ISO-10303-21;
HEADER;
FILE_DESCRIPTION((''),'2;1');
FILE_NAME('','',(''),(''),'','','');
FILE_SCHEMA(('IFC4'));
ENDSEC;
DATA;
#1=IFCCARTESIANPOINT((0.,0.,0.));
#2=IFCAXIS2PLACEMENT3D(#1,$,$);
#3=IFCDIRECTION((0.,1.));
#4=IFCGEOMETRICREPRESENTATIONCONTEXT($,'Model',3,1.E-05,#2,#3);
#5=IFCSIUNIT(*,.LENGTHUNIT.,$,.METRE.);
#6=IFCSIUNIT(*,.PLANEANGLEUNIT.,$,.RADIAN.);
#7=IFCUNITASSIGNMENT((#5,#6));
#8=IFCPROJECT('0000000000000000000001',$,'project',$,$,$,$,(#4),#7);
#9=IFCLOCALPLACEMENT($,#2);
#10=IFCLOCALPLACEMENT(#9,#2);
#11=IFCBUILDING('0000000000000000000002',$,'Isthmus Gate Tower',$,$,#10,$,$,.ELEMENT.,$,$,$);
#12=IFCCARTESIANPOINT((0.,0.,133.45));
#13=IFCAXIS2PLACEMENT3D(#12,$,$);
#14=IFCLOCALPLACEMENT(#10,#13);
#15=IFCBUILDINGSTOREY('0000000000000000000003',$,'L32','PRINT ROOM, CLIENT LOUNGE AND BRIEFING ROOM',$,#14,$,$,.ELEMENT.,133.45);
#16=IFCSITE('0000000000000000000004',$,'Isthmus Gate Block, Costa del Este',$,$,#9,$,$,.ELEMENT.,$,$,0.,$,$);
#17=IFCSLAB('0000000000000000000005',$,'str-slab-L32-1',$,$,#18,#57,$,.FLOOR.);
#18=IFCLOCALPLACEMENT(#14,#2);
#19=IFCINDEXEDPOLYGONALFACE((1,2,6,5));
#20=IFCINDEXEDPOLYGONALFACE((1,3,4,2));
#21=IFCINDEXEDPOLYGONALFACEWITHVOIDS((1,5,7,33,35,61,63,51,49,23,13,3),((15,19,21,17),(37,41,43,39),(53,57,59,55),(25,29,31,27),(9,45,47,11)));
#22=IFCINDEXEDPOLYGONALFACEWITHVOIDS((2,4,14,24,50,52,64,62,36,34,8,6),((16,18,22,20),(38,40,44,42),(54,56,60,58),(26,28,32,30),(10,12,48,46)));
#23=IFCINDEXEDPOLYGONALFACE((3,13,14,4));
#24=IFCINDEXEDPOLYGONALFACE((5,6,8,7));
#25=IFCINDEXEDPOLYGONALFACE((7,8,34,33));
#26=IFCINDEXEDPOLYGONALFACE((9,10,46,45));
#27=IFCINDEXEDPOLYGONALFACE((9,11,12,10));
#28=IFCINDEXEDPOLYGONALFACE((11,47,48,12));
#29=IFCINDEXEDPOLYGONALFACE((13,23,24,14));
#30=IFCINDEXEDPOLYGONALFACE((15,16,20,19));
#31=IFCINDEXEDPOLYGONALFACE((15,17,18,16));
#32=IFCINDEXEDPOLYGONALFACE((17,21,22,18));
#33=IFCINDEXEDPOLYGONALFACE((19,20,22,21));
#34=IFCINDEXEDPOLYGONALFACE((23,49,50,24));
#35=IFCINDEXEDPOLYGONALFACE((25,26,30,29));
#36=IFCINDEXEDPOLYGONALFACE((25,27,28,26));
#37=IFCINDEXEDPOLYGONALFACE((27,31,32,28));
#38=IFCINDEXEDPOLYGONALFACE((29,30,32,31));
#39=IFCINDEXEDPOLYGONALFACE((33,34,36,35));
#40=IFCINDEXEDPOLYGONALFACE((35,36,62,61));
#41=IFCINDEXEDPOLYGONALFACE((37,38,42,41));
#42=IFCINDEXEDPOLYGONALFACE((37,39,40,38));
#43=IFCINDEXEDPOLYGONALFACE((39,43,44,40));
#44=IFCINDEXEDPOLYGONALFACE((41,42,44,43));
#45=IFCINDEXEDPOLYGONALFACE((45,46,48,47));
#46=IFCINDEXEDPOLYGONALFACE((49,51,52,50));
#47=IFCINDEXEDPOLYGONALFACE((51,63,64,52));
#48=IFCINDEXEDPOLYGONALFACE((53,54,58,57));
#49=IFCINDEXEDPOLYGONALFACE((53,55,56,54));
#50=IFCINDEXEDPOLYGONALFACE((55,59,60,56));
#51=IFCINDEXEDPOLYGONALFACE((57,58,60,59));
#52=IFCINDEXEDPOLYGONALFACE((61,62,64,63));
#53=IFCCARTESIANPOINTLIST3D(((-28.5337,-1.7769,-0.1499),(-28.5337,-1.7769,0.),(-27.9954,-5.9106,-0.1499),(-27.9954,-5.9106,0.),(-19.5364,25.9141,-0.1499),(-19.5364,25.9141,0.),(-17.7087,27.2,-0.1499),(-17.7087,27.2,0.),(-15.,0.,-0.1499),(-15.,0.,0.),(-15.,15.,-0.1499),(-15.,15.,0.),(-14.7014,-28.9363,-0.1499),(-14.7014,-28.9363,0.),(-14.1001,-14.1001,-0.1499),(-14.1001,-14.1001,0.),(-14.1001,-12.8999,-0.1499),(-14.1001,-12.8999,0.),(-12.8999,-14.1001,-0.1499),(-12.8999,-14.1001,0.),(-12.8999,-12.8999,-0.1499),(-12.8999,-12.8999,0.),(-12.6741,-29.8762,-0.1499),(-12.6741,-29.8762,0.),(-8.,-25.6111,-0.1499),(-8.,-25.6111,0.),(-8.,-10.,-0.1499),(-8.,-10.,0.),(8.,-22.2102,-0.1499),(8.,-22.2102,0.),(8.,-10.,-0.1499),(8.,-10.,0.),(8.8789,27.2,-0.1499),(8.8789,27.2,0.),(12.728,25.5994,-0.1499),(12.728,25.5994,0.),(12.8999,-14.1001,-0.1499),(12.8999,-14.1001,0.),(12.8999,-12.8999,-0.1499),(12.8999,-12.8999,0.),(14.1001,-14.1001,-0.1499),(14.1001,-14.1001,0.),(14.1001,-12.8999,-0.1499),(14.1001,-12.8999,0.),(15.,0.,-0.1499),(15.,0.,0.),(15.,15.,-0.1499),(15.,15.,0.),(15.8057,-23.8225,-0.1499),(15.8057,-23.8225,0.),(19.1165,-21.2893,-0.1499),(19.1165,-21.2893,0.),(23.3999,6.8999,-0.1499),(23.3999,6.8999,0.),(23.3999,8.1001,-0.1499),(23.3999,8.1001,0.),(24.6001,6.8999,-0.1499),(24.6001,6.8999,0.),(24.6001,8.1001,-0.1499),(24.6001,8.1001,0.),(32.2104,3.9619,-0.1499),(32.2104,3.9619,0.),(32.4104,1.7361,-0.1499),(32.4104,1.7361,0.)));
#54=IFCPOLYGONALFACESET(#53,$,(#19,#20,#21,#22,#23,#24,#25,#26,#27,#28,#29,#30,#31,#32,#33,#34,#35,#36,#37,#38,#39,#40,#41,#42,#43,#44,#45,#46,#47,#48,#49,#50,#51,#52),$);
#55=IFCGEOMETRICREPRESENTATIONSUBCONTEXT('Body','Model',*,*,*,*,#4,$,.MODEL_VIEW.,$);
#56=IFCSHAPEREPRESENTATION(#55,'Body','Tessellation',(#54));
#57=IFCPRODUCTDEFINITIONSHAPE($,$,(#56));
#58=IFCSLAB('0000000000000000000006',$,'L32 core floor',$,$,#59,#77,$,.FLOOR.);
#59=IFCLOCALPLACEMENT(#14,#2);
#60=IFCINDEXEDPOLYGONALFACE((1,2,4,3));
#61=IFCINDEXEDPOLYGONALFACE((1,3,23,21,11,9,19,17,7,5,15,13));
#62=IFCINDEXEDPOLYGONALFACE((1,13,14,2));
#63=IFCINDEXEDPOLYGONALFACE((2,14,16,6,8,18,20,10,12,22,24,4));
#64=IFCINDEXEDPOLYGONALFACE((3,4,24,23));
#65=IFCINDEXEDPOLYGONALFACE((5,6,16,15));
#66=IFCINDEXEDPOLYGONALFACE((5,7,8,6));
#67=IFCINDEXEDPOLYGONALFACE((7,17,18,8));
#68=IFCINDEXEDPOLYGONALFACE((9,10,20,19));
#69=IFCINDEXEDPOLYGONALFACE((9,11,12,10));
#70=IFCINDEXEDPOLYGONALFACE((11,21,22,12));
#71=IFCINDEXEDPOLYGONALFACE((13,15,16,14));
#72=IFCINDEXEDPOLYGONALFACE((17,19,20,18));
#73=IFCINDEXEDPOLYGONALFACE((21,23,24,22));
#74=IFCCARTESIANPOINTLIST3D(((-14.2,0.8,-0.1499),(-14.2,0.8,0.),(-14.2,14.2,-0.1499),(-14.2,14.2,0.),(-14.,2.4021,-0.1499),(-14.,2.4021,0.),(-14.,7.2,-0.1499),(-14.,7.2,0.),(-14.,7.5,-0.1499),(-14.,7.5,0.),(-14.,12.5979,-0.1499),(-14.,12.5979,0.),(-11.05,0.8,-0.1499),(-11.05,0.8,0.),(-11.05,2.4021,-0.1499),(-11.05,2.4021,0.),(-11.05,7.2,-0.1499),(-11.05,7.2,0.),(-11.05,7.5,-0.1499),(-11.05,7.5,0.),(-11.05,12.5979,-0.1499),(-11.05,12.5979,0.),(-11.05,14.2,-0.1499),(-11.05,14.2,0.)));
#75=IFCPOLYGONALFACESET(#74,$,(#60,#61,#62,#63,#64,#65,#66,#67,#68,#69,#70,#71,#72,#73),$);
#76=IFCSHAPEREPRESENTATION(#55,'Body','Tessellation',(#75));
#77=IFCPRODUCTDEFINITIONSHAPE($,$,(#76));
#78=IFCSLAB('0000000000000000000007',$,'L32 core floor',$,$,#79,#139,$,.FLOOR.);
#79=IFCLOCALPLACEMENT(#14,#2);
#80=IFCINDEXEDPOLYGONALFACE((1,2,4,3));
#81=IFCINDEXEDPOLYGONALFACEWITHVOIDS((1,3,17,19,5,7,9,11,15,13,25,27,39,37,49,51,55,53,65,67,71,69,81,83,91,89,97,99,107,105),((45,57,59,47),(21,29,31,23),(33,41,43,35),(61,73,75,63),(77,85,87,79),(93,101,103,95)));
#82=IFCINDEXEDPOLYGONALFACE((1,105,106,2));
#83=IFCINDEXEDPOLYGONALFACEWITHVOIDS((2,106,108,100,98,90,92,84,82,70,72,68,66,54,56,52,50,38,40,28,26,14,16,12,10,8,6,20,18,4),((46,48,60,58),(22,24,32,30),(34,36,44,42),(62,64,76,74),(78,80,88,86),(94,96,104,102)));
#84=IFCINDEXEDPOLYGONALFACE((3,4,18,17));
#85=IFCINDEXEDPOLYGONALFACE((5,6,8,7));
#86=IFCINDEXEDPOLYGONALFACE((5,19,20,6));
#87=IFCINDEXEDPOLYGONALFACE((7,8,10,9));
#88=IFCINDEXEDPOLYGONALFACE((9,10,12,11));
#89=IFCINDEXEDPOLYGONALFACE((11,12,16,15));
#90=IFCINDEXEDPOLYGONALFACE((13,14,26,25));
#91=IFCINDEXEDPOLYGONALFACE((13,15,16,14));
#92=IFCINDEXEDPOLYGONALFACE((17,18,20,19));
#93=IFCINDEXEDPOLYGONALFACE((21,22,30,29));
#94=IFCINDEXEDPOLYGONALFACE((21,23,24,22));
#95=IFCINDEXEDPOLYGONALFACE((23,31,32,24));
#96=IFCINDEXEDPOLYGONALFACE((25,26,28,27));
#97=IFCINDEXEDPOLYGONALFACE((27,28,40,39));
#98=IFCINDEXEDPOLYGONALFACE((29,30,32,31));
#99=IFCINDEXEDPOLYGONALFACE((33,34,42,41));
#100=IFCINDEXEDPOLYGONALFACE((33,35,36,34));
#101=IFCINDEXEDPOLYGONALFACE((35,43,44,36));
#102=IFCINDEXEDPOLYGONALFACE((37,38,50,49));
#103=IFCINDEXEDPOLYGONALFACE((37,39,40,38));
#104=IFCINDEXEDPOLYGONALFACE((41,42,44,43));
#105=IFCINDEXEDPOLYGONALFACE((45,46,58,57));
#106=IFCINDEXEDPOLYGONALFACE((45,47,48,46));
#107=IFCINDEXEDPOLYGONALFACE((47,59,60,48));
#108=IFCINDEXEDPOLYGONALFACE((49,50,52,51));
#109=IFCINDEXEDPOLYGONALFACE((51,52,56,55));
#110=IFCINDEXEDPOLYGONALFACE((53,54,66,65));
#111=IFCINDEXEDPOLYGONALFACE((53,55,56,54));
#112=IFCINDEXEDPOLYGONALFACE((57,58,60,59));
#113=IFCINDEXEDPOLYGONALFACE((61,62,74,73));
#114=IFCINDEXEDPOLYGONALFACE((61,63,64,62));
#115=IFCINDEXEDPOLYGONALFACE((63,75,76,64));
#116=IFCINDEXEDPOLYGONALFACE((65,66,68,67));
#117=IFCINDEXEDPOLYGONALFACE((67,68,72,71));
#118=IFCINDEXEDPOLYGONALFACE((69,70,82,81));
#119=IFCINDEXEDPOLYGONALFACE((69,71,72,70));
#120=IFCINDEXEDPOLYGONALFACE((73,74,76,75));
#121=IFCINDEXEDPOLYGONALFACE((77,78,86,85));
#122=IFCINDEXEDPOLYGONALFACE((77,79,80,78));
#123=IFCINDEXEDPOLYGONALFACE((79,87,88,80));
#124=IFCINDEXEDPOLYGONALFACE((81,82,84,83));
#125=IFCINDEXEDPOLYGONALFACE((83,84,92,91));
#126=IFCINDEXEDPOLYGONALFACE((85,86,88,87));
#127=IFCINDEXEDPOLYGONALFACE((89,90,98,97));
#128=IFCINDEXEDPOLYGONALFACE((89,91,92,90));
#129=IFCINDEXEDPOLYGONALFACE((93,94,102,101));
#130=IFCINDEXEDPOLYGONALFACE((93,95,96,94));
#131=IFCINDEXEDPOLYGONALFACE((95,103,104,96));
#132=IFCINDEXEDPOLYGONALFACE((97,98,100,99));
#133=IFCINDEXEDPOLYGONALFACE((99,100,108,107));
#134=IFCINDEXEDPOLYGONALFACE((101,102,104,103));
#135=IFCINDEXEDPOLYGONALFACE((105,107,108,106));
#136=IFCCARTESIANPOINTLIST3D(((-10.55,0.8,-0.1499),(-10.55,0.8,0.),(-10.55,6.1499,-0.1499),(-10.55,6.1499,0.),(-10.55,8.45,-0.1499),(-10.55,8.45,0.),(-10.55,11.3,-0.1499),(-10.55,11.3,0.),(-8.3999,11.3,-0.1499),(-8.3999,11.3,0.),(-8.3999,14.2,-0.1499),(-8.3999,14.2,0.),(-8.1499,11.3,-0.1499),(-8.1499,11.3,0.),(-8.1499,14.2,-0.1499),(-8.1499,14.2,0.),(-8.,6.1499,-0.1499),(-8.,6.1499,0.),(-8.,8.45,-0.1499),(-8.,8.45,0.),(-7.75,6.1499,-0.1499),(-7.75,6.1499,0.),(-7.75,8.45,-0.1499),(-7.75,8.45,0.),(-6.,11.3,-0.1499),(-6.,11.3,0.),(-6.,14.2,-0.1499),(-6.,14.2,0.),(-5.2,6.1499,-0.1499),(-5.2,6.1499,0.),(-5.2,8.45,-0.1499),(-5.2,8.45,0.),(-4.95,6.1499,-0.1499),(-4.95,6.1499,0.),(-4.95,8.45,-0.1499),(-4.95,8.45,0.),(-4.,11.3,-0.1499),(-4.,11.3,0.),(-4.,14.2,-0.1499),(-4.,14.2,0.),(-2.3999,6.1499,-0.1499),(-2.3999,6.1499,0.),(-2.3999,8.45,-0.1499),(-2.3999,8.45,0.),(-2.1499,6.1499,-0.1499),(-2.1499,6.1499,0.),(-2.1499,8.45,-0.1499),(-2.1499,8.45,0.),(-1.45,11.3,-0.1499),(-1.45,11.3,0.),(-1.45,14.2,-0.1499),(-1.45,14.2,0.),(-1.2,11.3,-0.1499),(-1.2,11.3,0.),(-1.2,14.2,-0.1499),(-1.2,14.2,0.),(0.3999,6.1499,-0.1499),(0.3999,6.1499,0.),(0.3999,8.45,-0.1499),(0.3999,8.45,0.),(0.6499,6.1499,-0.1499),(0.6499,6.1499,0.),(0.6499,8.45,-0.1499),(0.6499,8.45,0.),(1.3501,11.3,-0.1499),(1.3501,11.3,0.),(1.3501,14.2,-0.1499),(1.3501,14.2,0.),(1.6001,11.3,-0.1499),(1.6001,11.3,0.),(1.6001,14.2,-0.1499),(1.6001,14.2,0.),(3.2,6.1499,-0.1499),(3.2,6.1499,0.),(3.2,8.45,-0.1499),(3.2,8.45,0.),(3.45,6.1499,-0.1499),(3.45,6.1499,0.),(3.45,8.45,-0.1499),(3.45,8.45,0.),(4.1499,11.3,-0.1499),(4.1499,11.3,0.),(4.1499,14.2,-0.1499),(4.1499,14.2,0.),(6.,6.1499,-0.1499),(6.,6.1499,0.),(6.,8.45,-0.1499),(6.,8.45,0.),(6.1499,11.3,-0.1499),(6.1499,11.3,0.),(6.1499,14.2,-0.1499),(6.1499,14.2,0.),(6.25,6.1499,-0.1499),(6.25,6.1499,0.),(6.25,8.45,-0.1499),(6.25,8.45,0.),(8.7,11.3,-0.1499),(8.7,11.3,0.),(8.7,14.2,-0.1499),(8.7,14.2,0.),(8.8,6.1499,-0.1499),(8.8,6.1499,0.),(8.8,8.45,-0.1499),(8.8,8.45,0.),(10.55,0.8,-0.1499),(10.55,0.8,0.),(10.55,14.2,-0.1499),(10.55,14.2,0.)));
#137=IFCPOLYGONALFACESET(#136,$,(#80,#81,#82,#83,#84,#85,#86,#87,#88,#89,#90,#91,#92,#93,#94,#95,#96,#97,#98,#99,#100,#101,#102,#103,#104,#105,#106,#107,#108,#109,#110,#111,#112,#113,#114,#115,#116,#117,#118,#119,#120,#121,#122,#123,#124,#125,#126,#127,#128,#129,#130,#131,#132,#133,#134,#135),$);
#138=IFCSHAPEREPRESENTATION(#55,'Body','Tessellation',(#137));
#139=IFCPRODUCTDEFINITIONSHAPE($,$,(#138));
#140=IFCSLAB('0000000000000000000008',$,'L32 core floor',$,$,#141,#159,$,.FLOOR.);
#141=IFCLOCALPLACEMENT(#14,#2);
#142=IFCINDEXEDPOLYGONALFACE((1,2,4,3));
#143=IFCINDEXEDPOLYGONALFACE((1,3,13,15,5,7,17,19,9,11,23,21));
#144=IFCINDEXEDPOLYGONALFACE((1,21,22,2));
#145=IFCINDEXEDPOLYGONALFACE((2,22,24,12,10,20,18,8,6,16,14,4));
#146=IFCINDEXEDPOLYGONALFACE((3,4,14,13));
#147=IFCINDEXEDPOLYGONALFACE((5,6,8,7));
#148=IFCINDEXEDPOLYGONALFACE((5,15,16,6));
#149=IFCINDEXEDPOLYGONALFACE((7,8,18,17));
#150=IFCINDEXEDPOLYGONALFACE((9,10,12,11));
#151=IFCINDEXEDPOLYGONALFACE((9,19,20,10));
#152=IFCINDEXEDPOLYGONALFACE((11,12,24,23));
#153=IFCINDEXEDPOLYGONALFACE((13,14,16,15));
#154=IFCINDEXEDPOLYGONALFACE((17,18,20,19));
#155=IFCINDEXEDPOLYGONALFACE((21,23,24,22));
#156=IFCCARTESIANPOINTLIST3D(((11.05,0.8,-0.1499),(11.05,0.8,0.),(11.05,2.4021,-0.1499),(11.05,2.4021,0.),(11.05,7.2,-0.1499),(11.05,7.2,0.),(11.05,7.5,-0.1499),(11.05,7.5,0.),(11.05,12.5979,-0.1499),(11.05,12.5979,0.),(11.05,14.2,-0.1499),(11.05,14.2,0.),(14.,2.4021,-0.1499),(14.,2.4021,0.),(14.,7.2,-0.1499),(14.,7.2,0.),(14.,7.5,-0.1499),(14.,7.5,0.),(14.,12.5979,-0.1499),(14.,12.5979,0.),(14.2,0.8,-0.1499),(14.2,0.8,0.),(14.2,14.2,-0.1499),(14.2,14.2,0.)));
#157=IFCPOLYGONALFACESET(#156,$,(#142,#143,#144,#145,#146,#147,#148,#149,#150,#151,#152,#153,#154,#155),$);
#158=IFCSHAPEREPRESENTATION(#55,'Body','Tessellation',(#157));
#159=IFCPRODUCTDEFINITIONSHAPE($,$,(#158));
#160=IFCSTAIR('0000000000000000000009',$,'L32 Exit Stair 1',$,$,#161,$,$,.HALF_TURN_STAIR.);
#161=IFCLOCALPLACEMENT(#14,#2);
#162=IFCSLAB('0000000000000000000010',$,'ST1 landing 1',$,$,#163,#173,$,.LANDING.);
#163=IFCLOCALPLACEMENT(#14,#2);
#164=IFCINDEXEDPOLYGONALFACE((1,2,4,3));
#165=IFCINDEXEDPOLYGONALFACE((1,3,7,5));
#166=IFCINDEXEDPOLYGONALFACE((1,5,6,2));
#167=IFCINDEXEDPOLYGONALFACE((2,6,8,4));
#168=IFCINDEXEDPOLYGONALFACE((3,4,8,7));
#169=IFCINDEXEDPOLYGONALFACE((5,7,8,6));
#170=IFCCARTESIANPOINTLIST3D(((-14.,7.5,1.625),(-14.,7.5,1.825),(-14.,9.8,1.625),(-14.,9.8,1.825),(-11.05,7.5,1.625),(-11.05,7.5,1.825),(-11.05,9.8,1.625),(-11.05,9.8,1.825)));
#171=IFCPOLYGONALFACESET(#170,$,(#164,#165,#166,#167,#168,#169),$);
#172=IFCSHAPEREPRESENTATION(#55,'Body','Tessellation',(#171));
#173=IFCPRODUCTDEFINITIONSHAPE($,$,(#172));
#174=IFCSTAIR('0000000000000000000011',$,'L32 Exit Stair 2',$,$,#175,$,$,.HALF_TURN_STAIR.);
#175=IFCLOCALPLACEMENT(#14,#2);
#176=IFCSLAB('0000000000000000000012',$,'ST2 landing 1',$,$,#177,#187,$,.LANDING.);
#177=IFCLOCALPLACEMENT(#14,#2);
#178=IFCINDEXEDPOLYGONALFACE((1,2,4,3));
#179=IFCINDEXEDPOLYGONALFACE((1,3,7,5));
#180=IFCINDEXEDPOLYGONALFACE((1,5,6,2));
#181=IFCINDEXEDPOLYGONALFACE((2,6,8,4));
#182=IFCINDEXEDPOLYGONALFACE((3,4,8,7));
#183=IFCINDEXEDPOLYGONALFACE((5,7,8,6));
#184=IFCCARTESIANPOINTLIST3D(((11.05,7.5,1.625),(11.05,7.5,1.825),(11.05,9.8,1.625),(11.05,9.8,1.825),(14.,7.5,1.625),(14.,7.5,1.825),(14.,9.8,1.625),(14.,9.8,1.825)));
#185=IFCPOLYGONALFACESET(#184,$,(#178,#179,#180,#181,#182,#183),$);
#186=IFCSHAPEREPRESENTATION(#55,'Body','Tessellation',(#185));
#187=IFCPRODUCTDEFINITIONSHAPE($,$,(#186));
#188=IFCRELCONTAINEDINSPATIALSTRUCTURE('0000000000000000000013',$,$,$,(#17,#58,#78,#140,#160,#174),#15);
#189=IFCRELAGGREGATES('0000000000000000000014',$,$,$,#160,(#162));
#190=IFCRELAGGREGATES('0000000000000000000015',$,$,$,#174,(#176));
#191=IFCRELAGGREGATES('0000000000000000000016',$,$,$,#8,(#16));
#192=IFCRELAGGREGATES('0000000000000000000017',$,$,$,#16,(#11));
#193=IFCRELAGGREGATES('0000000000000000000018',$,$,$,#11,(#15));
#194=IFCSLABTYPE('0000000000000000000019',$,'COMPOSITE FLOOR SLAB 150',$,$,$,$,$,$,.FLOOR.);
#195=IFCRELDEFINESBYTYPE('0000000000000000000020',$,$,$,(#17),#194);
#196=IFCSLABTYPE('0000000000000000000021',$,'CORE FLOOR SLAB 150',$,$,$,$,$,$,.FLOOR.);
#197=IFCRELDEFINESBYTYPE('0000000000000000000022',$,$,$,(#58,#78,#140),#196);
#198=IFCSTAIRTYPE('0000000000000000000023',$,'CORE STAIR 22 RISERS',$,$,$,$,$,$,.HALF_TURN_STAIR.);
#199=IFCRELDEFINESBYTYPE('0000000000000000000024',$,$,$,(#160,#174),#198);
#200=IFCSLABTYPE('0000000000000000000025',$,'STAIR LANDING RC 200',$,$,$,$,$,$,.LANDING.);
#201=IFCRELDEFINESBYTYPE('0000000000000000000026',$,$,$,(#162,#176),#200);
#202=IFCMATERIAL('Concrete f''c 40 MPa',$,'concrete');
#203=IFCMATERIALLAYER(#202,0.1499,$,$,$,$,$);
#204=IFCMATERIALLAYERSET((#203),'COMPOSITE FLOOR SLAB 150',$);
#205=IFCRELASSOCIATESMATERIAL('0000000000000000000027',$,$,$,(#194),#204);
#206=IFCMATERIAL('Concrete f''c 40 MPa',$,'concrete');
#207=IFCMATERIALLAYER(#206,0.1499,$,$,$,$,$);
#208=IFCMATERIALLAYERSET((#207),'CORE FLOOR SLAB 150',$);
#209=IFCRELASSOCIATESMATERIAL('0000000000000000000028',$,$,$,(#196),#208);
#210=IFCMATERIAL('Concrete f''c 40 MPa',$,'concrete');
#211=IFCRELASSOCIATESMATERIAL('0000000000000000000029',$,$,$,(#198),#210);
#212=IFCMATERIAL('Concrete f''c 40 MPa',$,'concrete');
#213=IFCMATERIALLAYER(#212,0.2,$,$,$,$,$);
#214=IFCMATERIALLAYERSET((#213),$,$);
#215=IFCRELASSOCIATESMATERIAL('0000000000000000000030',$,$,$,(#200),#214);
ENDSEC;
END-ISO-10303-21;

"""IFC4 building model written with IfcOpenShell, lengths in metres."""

from ifc_helpers import new_model, si_unit, direction, frame, origin, place, context, subcontext, project, spatial, polyline, outline, extrude, material, layer, layer_set, type_object, element, aggregate, save


model = new_model("IFC4")

# Units and contexts
model_context = context("Model", 3, precision=1e-05, world=origin(), true_north=direction((0.0, 1.0)))
body_context = subcontext(model_context, "Body", "Model", "MODEL_VIEW")
ifc_project = project(units=[si_unit("LENGTHUNIT", "METRE"), si_unit("PLANEANGLEUNIT", "RADIAN")], contexts=[model_context])

# Site, building, storey
site_placement = place(None, origin())
site = spatial("IfcSite", under=ifc_project, at=site_placement, Name="Isthmus Gate Block, Costa del Este", CompositionType="ELEMENT", RefElevation=0.0)
building_placement = place(site_placement, origin())
building = spatial("IfcBuilding", under=site, at=building_placement, Name="Isthmus Gate Tower", CompositionType="ELEMENT")
storey_placement = place(building_placement, frame((0.0, 0.0, 133.45)))
storey = spatial("IfcBuildingStorey", under=building, at=storey_placement, Name="L32", Description="PRINT ROOM, CLIENT LOUNGE AND BRIEFING ROOM", CompositionType="ELEMENT", Elevation=133.45)

# Slabs
ifc_material_1 = material(Name="Concrete f'c 40 MPa", Category="concrete")
ifc_layer_1 = layer(ifc_material_1, 0.1499)
ifc_layer_set_1 = layer_set([ifc_layer_1], Name="COMPOSITE FLOOR SLAB 150")
slab_type_1 = type_object("IfcSlabType", Name="COMPOSITE FLOOR SLAB 150", PredefinedType="FLOOR", material=ifc_layer_set_1)
slab_1_placement = place(storey_placement, frame((0.0, 0.0, -0.1499)))
element("IfcSlab", 1, at=slab_1_placement, inside=storey, type_object=slab_type_1, Name="str-slab-L32-1", PredefinedType="FLOOR", context=body_context, shape_type="SweptSolid", body=[
    extrude(outline(polyline([(12.728, 25.5994), (32.2104, 3.9619), (32.4104, 1.7361), (19.1165, -21.2893), (15.8057, -23.8225), (-12.6741, -29.8762), (-14.7014, -28.9363), (-27.9954, -5.9106), (-28.5337, -1.7769), (-19.5364, 25.9141), (-17.7087, 27.2), (8.8789, 27.2), (12.728, 25.5994)]), holes=[polyline([(-8.0, -10.0), (-8.0, -25.6111), (8.0, -22.2102), (8.0, -10.0), (-8.0, -10.0)]), polyline([(-14.1001, -12.8999), (-14.1001, -14.1001), (-12.8999, -14.1001), (-12.8999, -12.8999), (-14.1001, -12.8999)]), polyline([(14.1001, -12.8999), (12.8999, -12.8999), (12.8999, -14.1001), (14.1001, -14.1001), (14.1001, -12.8999)]), polyline([(-15.0, 15.0), (-15.0, 0.0), (15.0, 0.0), (15.0, 15.0), (-15.0, 15.0)]), polyline([(24.6001, 6.8999), (24.6001, 8.1001), (23.3999, 8.1001), (23.3999, 6.8999), (24.6001, 6.8999)])]), origin(), (0.0, 0.0, 1.0), 0.1499),
])
ifc_material_2 = material(Name="Concrete f'c 40 MPa", Category="concrete")
ifc_layer_2 = layer(ifc_material_2, 0.1499)
ifc_layer_set_2 = layer_set([ifc_layer_2], Name="CORE FLOOR SLAB 150")
slab_type_2 = type_object("IfcSlabType", Name="CORE FLOOR SLAB 150", PredefinedType="FLOOR", material=ifc_layer_set_2)
slab_2_placement = place(storey_placement, frame((0.0, 0.0, -0.1499)))
element("IfcSlab", 2, at=slab_2_placement, inside=storey, type_object=slab_type_2, Name="L32 core floor", PredefinedType="FLOOR", context=body_context, shape_type="SweptSolid", body=[
    extrude(outline(polyline([(-11.05, 0.8), (-11.05, 2.4021), (-14.0, 2.4021), (-14.0, 7.2), (-11.05, 7.2), (-11.05, 7.5), (-14.0, 7.5), (-14.0, 12.5979), (-11.05, 12.5979), (-11.05, 14.2), (-14.2, 14.2), (-14.2, 0.8), (-11.05, 0.8)])), origin(), (0.0, 0.0, 1.0), 0.1499),
])
slab_3_placement = place(storey_placement, frame((0.0, 0.0, -0.1499)))
element("IfcSlab", 3, at=slab_3_placement, inside=storey, type_object=slab_type_2, Name="L32 core floor", PredefinedType="FLOOR", context=body_context, shape_type="SweptSolid", body=[
    extrude(outline(polyline([(10.55, 14.2), (8.7, 14.2), (8.7, 11.3), (6.1499, 11.3), (6.1499, 14.2), (4.1499, 14.2), (4.1499, 11.3), (1.6001, 11.3), (1.6001, 14.2), (1.3501, 14.2), (1.3501, 11.3), (-1.2, 11.3), (-1.2, 14.2), (-1.45, 14.2), (-1.45, 11.3), (-4.0, 11.3), (-4.0, 14.2), (-6.0, 14.2), (-6.0, 11.3), (-8.1499, 11.3), (-8.1499, 14.2), (-8.3999, 14.2), (-8.3999, 11.3), (-10.55, 11.3), (-10.55, 8.45), (-8.0, 8.45), (-8.0, 6.1499), (-10.55, 6.1499), (-10.55, 0.8), (10.55, 0.8), (10.55, 14.2)]), holes=[polyline([(-5.2, 8.45), (-5.2, 6.1499), (-7.75, 6.1499), (-7.75, 8.45), (-5.2, 8.45)]), polyline([(-2.3999, 8.45), (-2.3999, 6.1499), (-4.95, 6.1499), (-4.95, 8.45), (-2.3999, 8.45)]), polyline([(0.3999, 8.45), (0.3999, 6.1499), (-2.1499, 6.1499), (-2.1499, 8.45), (0.3999, 8.45)]), polyline([(3.2, 8.45), (3.2, 6.1499), (0.6499, 6.1499), (0.6499, 8.45), (3.2, 8.45)]), polyline([(6.0, 8.45), (6.0, 6.1499), (3.45, 6.1499), (3.45, 8.45), (6.0, 8.45)]), polyline([(8.8, 8.45), (8.8, 6.1499), (6.25, 6.1499), (6.25, 8.45), (8.8, 8.45)])]), origin(), (0.0, 0.0, 1.0), 0.1499),
])
slab_4_placement = place(storey_placement, frame((0.0, 0.0, -0.1499)))
element("IfcSlab", 4, at=slab_4_placement, inside=storey, type_object=slab_type_2, Name="L32 core floor", PredefinedType="FLOOR", context=body_context, shape_type="SweptSolid", body=[
    extrude(outline(polyline([(11.05, 14.2), (11.05, 12.5979), (14.0, 12.5979), (14.0, 7.5), (11.05, 7.5), (11.05, 7.2), (14.0, 7.2), (14.0, 2.4021), (11.05, 2.4021), (11.05, 0.8), (14.2, 0.8), (14.2, 14.2), (11.05, 14.2)])), origin(), (0.0, 0.0, 1.0), 0.1499),
])

# Stairs, slabs
ifc_material_3 = material(Name="Concrete f'c 40 MPa", Category="concrete")
stair_type = type_object("IfcStairType", Name="CORE STAIR 22 RISERS", PredefinedType="HALF_TURN_STAIR", material=ifc_material_3)
stair_1_placement = place(storey_placement, origin())
stair_1 = element("IfcStair", 5, at=stair_1_placement, inside=storey, type_object=stair_type, Name="L32 Exit Stair 1", PredefinedType="HALF_TURN_STAIR")
ifc_material_4 = material(Name="Concrete f'c 40 MPa", Category="concrete")
ifc_layer_3 = layer(ifc_material_4, 0.2)
ifc_layer_set_3 = layer_set([ifc_layer_3])
slab_type_3 = type_object("IfcSlabType", Name="STAIR LANDING RC 200", PredefinedType="LANDING", material=ifc_layer_set_3)
slab_5_placement = place(storey_placement, frame((0.0, 0.0, 1.625)))
slab_5 = element("IfcSlab", 6, at=slab_5_placement, type_object=slab_type_3, Name="ST1 landing 1", PredefinedType="LANDING", context=body_context, shape_type="SweptSolid", body=[
    extrude(outline(polyline([(-14.0, 9.8), (-14.0, 7.5), (-11.05, 7.5), (-11.05, 9.8), (-14.0, 9.8)])), origin(), (0.0, 0.0, 1.0), 0.2),
])
aggregate(stair_1, [slab_5])
stair_2_placement = place(storey_placement, origin())
stair_2 = element("IfcStair", 7, at=stair_2_placement, inside=storey, type_object=stair_type, Name="L32 Exit Stair 2", PredefinedType="HALF_TURN_STAIR")
slab_6_placement = place(storey_placement, frame((0.0, 0.0, 1.625)))
slab_6 = element("IfcSlab", 8, at=slab_6_placement, type_object=slab_type_3, Name="ST2 landing 1", PredefinedType="LANDING", context=body_context, shape_type="SweptSolid", body=[
    extrude(outline(polyline([(11.05, 9.8), (11.05, 7.5), (14.0, 7.5), (14.0, 9.8), (11.05, 9.8)])), origin(), (0.0, 0.0, 1.0), 0.2),
])
aggregate(stair_2, [slab_6])

save(model, "model.ifc")
